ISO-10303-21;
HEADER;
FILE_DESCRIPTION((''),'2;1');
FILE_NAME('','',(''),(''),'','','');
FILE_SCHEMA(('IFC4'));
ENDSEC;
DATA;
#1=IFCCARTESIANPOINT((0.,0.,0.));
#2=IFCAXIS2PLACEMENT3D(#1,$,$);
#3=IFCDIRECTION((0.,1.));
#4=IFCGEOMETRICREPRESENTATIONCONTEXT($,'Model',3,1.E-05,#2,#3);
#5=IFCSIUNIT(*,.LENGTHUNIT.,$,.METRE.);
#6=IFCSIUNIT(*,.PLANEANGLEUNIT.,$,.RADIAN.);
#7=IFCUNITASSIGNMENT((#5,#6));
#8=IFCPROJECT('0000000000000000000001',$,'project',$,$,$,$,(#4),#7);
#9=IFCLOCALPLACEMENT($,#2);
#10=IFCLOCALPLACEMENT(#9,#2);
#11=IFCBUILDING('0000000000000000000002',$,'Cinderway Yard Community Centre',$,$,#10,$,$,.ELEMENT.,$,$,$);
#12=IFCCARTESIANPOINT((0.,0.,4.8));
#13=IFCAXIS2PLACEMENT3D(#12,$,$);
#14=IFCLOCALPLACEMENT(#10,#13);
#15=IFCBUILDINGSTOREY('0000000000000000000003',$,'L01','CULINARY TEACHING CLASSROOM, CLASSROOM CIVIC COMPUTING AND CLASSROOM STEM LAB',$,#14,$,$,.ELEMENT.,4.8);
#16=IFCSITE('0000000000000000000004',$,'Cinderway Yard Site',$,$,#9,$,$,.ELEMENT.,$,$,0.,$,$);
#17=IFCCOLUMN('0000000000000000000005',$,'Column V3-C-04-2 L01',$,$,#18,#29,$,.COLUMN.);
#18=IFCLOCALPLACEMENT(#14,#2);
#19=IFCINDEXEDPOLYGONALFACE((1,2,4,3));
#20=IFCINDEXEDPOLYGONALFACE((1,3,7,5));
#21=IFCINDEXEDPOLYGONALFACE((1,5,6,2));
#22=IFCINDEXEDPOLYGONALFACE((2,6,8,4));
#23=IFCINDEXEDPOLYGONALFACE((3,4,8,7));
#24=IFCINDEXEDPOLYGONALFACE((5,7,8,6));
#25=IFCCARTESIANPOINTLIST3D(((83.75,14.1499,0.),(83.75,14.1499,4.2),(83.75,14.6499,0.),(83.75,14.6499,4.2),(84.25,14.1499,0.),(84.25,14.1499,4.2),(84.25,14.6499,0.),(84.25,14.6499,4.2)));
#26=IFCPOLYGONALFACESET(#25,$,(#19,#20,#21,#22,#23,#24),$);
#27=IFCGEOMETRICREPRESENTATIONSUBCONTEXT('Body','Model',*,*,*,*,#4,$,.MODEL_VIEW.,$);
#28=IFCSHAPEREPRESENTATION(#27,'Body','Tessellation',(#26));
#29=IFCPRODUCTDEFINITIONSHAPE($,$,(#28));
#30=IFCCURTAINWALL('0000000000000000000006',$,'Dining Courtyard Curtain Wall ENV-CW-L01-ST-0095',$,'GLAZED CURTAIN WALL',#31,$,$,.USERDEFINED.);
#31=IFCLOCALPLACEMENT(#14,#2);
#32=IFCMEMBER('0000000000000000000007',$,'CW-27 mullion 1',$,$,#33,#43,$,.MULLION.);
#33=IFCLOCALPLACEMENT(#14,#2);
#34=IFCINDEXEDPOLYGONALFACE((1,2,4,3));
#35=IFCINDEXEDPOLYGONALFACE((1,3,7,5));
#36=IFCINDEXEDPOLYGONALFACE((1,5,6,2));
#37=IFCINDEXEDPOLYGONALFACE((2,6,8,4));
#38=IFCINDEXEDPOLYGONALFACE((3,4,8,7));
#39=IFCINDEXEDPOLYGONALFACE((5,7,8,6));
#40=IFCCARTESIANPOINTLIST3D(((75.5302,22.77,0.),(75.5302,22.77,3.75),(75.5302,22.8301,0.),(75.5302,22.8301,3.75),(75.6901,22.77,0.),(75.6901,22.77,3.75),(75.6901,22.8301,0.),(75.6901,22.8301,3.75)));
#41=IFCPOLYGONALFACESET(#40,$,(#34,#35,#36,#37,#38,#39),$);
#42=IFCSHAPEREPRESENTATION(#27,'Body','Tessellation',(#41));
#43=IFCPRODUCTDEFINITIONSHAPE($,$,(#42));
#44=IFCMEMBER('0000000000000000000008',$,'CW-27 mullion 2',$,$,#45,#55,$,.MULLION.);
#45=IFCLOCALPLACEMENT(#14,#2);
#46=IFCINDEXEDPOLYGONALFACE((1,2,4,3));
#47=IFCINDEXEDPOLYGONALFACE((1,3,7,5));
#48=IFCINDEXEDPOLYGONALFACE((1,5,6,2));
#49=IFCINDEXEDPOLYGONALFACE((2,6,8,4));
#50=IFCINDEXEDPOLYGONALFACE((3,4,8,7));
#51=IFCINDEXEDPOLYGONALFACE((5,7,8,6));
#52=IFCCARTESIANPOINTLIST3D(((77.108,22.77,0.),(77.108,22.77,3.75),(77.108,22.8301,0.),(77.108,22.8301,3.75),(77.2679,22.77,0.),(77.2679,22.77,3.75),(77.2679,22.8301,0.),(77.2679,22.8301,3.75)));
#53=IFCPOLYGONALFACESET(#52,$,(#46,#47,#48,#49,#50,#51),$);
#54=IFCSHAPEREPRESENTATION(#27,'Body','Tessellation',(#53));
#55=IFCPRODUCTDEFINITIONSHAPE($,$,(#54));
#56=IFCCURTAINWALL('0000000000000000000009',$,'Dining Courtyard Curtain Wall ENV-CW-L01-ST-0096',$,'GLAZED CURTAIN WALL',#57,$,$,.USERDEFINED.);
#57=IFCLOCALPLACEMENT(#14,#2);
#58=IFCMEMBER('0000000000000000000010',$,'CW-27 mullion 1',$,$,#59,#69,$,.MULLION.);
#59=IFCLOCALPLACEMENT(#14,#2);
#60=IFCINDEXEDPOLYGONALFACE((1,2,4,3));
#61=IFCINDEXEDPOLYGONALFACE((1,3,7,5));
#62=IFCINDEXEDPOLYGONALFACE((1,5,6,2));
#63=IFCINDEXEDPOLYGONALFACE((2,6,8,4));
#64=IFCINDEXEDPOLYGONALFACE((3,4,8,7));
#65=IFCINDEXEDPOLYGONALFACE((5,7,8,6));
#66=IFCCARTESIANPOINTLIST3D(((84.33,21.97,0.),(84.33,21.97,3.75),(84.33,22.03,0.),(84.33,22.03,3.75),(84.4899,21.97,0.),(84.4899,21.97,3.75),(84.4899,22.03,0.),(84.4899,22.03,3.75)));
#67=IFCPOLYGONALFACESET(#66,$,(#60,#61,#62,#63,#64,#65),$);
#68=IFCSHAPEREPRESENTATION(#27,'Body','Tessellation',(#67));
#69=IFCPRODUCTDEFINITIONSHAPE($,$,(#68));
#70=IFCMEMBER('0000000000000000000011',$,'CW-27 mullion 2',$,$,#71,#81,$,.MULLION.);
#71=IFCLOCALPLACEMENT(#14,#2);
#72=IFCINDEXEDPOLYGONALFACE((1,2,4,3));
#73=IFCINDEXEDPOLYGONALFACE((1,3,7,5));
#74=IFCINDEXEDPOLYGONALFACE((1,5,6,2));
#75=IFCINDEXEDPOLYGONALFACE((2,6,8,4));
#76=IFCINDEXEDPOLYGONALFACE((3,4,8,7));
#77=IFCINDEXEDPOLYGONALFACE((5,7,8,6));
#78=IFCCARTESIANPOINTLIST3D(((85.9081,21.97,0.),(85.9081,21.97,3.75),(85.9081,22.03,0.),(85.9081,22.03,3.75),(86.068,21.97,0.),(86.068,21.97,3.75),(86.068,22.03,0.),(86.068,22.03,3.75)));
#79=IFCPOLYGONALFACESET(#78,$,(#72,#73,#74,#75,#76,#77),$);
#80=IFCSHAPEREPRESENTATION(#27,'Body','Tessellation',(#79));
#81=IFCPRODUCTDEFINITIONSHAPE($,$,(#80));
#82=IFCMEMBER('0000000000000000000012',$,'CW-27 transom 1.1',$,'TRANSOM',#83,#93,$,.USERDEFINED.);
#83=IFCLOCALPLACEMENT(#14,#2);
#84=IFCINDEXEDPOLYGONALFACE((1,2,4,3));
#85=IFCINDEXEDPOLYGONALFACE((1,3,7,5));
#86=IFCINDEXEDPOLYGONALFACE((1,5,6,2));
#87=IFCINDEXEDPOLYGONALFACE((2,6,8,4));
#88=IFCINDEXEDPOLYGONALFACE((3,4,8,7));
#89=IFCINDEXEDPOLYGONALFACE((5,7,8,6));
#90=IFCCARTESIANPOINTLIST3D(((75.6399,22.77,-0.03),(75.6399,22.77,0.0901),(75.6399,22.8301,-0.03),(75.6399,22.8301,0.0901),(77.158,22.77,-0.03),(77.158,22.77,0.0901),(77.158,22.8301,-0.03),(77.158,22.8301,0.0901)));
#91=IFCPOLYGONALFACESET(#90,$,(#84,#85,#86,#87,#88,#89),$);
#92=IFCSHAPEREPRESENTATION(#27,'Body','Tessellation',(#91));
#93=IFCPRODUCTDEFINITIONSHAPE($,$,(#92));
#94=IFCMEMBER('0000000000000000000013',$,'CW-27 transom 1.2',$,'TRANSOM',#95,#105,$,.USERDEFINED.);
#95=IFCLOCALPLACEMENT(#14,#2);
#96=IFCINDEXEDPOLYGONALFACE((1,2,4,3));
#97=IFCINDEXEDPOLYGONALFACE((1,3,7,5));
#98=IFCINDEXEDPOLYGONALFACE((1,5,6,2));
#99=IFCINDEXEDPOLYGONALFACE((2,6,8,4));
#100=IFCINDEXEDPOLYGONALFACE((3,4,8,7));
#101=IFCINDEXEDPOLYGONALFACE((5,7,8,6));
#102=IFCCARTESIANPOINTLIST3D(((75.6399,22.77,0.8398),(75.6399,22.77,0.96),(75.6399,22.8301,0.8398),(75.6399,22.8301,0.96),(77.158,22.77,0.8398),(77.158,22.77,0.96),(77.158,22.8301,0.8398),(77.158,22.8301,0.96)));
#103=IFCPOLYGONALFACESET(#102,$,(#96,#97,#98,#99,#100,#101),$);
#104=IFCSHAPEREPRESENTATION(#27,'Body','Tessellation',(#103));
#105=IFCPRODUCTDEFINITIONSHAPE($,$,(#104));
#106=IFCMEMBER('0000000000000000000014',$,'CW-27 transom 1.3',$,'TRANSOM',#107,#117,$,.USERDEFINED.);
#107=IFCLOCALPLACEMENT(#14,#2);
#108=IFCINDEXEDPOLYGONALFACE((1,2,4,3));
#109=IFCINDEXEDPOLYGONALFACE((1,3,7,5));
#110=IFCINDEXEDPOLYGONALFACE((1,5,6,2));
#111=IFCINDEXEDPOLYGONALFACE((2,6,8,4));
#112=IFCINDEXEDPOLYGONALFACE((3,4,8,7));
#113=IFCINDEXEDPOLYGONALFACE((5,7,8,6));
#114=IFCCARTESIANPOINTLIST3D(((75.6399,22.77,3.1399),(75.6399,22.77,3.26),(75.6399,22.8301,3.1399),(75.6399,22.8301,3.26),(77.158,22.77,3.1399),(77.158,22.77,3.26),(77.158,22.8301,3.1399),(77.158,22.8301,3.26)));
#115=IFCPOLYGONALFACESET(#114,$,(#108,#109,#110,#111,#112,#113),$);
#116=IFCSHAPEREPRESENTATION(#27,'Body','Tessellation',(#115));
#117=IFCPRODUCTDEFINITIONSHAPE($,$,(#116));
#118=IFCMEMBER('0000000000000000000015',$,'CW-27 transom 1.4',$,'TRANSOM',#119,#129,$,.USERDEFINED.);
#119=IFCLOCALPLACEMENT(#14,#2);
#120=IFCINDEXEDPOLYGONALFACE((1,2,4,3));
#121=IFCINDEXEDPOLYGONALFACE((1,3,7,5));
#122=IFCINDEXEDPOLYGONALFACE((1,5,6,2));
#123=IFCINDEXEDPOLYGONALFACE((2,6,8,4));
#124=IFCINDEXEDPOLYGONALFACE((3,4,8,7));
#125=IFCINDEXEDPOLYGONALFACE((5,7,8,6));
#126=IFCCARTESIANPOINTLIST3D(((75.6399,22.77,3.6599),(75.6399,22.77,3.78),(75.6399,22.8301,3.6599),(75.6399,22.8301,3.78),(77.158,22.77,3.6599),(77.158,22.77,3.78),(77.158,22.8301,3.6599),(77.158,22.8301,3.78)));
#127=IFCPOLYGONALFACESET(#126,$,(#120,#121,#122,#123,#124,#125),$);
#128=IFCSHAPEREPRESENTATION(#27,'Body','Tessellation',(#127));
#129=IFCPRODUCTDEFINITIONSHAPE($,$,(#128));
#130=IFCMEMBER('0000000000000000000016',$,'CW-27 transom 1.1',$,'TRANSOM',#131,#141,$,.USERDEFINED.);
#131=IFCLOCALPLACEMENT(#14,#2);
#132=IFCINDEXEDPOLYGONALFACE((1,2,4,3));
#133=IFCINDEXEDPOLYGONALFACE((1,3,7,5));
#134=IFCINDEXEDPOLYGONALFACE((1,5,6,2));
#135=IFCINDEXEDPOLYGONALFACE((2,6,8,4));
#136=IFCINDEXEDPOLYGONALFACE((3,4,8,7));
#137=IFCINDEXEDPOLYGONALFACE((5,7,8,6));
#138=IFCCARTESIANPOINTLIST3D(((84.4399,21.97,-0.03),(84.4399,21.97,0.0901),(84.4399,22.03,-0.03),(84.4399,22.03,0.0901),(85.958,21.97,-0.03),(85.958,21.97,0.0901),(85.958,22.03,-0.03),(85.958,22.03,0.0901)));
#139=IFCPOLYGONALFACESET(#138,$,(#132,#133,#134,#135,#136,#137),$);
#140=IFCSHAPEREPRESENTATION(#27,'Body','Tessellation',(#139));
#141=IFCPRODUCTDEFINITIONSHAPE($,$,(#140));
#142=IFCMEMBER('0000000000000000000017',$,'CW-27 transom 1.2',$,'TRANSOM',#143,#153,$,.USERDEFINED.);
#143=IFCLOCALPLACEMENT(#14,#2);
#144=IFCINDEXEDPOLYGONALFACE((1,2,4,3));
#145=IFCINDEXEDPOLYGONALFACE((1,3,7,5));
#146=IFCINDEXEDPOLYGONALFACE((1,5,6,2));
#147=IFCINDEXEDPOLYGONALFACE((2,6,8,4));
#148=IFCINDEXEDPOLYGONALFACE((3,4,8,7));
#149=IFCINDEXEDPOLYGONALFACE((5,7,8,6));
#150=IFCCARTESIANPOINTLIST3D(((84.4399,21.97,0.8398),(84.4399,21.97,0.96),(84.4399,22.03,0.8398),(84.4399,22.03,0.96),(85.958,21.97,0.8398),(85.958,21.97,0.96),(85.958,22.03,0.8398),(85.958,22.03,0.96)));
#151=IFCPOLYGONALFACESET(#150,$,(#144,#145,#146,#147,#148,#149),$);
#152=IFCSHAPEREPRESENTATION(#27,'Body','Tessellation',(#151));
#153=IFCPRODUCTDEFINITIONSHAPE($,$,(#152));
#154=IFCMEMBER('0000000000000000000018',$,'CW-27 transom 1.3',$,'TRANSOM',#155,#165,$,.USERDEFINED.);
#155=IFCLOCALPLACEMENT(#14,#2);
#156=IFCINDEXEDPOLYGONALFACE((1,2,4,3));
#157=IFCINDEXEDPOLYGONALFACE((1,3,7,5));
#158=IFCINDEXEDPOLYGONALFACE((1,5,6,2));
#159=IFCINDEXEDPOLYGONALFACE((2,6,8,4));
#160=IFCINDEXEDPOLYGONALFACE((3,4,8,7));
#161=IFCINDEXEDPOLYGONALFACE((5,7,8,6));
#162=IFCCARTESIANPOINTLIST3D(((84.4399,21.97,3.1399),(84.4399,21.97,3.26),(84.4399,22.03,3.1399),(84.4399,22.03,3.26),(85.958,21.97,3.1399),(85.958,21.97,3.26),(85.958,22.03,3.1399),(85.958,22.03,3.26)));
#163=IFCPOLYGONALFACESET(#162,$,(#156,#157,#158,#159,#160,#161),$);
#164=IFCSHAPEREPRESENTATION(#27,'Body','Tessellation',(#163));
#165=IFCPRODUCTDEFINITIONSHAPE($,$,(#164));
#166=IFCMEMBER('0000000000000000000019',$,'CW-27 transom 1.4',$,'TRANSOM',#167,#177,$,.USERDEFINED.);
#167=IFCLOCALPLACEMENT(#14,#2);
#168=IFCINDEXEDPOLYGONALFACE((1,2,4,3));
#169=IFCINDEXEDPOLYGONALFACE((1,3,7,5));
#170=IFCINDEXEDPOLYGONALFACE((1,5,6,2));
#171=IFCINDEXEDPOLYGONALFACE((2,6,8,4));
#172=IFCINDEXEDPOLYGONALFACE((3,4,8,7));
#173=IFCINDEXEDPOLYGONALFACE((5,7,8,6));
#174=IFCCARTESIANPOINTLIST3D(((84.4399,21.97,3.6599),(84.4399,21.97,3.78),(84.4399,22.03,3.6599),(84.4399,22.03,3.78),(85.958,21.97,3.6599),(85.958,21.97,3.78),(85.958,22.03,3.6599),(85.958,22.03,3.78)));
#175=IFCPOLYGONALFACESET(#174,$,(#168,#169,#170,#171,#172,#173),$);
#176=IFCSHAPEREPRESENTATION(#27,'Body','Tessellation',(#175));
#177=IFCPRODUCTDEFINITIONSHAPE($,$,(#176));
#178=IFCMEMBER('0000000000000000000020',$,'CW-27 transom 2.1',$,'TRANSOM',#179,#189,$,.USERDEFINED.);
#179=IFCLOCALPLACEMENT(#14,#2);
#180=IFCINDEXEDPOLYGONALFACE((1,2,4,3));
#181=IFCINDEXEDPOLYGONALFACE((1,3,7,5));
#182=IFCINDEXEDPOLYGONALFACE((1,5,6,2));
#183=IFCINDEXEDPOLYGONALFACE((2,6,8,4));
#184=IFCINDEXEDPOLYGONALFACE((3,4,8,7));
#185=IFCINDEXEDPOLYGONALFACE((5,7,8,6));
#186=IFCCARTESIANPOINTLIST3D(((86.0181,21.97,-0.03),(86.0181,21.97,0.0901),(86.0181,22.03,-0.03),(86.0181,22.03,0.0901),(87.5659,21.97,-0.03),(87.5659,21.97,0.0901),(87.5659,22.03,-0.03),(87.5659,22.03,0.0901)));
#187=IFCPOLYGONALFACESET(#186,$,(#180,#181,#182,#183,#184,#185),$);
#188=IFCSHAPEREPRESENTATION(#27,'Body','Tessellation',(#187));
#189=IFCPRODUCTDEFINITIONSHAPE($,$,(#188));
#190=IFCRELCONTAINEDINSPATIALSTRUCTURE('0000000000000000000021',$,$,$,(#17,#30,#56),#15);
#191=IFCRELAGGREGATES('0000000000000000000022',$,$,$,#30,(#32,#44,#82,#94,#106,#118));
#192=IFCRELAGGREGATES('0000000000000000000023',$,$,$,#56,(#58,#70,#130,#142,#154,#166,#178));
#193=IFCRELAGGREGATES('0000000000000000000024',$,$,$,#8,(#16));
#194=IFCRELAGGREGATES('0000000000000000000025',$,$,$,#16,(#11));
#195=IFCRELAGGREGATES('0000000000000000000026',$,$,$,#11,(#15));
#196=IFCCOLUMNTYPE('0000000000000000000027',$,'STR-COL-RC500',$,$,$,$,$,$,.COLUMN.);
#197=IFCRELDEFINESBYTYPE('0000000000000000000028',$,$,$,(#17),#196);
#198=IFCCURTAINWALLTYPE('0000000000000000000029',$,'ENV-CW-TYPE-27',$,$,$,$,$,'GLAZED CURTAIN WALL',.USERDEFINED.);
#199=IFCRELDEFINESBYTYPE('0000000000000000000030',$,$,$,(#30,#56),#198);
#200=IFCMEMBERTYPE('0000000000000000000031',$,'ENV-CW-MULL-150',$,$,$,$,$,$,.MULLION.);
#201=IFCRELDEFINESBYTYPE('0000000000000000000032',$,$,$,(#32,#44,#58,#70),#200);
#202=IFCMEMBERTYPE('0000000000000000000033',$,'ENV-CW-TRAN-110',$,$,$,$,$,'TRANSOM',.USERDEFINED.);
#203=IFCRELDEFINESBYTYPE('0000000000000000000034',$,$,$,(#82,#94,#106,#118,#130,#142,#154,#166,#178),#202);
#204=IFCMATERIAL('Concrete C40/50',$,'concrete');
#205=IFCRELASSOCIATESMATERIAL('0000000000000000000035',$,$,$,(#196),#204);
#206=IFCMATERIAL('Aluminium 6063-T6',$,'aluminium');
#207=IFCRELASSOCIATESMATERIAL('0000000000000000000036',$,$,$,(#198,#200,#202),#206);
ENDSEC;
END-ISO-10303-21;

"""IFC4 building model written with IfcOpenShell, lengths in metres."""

from ifc_helpers import new_model, si_unit, direction, frame, origin, origin_2d, place, context, subcontext, project, spatial, rectangle, extrude, material, material_profile, profile_set, type_object, element, aggregate, save


model = new_model("IFC4")

# Units and contexts
model_context = context("Model", 3, precision=1e-05, world=origin(), true_north=direction((0.0, 1.0)))
body_context = subcontext(model_context, "Body", "Model", "MODEL_VIEW")
ifc_project = project(units=[si_unit("LENGTHUNIT", "METRE"), si_unit("PLANEANGLEUNIT", "RADIAN")], contexts=[model_context])

# Site, building, storey
site_placement = place(None, origin())
site = spatial("IfcSite", under=ifc_project, at=site_placement, Name="Cinderway Yard Site", CompositionType="ELEMENT", RefElevation=0.0)
building_placement = place(site_placement, origin())
building = spatial("IfcBuilding", under=site, at=building_placement, Name="Cinderway Yard Community Centre", CompositionType="ELEMENT")
storey_placement = place(building_placement, frame((0.0, 0.0, 4.8)))
storey = spatial("IfcBuildingStorey", under=building, at=storey_placement, Name="L01", Description="CULINARY TEACHING CLASSROOM, CLASSROOM CIVIC COMPUTING AND CLASSROOM STEM LAB", CompositionType="ELEMENT", Elevation=4.8)

# Column
ifc_material_1 = material(Name="Concrete C40/50", Category="concrete")
ifc_material_profile_1 = material_profile(ifc_material_1, rectangle(XDim=0.5, YDim=0.5, at=origin_2d()), Name="Concrete C40/50")
ifc_profile_set_1 = profile_set([ifc_material_profile_1], Name="Concrete C40/50")
column_type = type_object("IfcColumnType", Name="STR-COL-RC500", PredefinedType="COLUMN", material=ifc_profile_set_1)
column_placement = place(storey_placement, frame((84.0, 14.3999, 0.0), z_axis=(0.0, 0.0, 1.0), x_axis=(1.0, 0.0, 0.0)))
element("IfcColumn", 1, at=column_placement, inside=storey, type_object=column_type, Name="Column V3-C-04-2 L01", PredefinedType="COLUMN", context=body_context, shape_type="SweptSolid", body=[
    extrude(rectangle(XDim=0.5, YDim=0.5, at=origin_2d()), origin(), (0.0, 0.0, 1.0), 4.2),
])

# Curtain walls, members
ifc_material_2 = material(Name="Aluminium 6063-T6", Category="aluminium")
curtain_wall_type = type_object("IfcCurtainWallType", Name="ENV-CW-TYPE-27", ElementType="GLAZED CURTAIN WALL", PredefinedType="USERDEFINED", material=ifc_material_2)
curtain_wall_1_placement = place(storey_placement, origin())
curtain_wall_1 = element("IfcCurtainWall", 2, at=curtain_wall_1_placement, inside=storey, type_object=curtain_wall_type, Name="Dining Courtyard Curtain Wall ENV-CW-L01-ST-0095", ObjectType="GLAZED CURTAIN WALL", PredefinedType="USERDEFINED")
ifc_material_profile_2 = material_profile(ifc_material_2, rectangle(XDim=0.0601, YDim=0.1599, at=origin_2d()), Name="Aluminium 6063-T6")
ifc_profile_set_2 = profile_set([ifc_material_profile_2], Name="Aluminium 6063-T6")
member_type_1 = type_object("IfcMemberType", Name="ENV-CW-MULL-150", PredefinedType="MULLION", material=ifc_profile_set_2)
member_1_placement = place(storey_placement, frame((75.6101, 22.8, 0.0), z_axis=(0.0, 0.0, 1.0), x_axis=(0.0, 1.0, 0.0)))
member_1 = element("IfcMember", 3, at=member_1_placement, type_object=member_type_1, Name="CW-27 mullion 1", PredefinedType="MULLION", context=body_context, shape_type="SweptSolid", body=[
    extrude(rectangle(XDim=0.0601, YDim=0.1599, at=origin_2d()), origin(), (0.0, 0.0, 1.0), 3.75),
])
member_2_placement = place(storey_placement, frame((77.188, 22.8, 0.0), z_axis=(0.0, 0.0, 1.0), x_axis=(0.0, 1.0, 0.0)))
member_2 = element("IfcMember", 4, at=member_2_placement, type_object=member_type_1, Name="CW-27 mullion 2", PredefinedType="MULLION", context=body_context, shape_type="SweptSolid", body=[
    extrude(rectangle(XDim=0.0601, YDim=0.1599, at=origin_2d()), origin(), (0.0, 0.0, 1.0), 3.75),
])
curtain_wall_2_placement = place(storey_placement, origin())
curtain_wall_2 = element("IfcCurtainWall", 5, at=curtain_wall_2_placement, inside=storey, type_object=curtain_wall_type, Name="Dining Courtyard Curtain Wall ENV-CW-L01-ST-0096", ObjectType="GLAZED CURTAIN WALL", PredefinedType="USERDEFINED")
member_3_placement = place(storey_placement, frame((84.4099, 22.0, 0.0), z_axis=(0.0, 0.0, 1.0), x_axis=(0.0, 1.0, 0.0)))
member_3 = element("IfcMember", 6, at=member_3_placement, type_object=member_type_1, Name="CW-27 mullion 1", PredefinedType="MULLION", context=body_context, shape_type="SweptSolid", body=[
    extrude(rectangle(XDim=0.0601, YDim=0.1599, at=origin_2d()), origin(), (0.0, 0.0, 1.0), 3.75),
])
member_4_placement = place(storey_placement, frame((85.988, 22.0, 0.0), z_axis=(0.0, 0.0, 1.0), x_axis=(0.0, 1.0, 0.0)))
member_4 = element("IfcMember", 7, at=member_4_placement, type_object=member_type_1, Name="CW-27 mullion 2", PredefinedType="MULLION", context=body_context, shape_type="SweptSolid", body=[
    extrude(rectangle(XDim=0.0601, YDim=0.1599, at=origin_2d()), origin(), (0.0, 0.0, 1.0), 3.75),
])

# Members
ifc_material_profile_3 = material_profile(ifc_material_2, rectangle(XDim=0.0601, YDim=0.1201, at=origin_2d()), Name="Aluminium 6063-T6")
ifc_profile_set_3 = profile_set([ifc_material_profile_3], Name="Aluminium 6063-T6")
member_type_2 = type_object("IfcMemberType", Name="ENV-CW-TRAN-110", ElementType="TRANSOM", PredefinedType="USERDEFINED", material=ifc_profile_set_3)
member_5_placement = place(storey_placement, frame((75.6399, 22.8, 0.03), z_axis=(1.0, 0.0, 0.0), x_axis=(0.0, 1.0, 0.0)))
member_5 = element("IfcMember", 8, at=member_5_placement, type_object=member_type_2, Name="CW-27 transom 1.1", ObjectType="TRANSOM", PredefinedType="USERDEFINED", context=body_context, shape_type="SweptSolid", body=[
    extrude(rectangle(XDim=0.0601, YDim=0.1201, at=origin_2d()), origin(), (0.0, 0.0, 1.0), 1.5181),
])
member_6_placement = place(storey_placement, frame((75.6399, 22.8, 0.8999), z_axis=(1.0, 0.0, 0.0), x_axis=(0.0, 1.0, 0.0)))
member_6 = element("IfcMember", 9, at=member_6_placement, type_object=member_type_2, Name="CW-27 transom 1.2", ObjectType="TRANSOM", PredefinedType="USERDEFINED", context=body_context, shape_type="SweptSolid", body=[
    extrude(rectangle(XDim=0.0601, YDim=0.1201, at=origin_2d()), origin(), (0.0, 0.0, 1.0), 1.5181),
])
member_7_placement = place(storey_placement, frame((75.6399, 22.8, 3.2), z_axis=(1.0, 0.0, 0.0), x_axis=(0.0, 1.0, 0.0)))
member_7 = element("IfcMember", 10, at=member_7_placement, type_object=member_type_2, Name="CW-27 transom 1.3", ObjectType="TRANSOM", PredefinedType="USERDEFINED", context=body_context, shape_type="SweptSolid", body=[
    extrude(rectangle(XDim=0.0601, YDim=0.1201, at=origin_2d()), origin(), (0.0, 0.0, 1.0), 1.5181),
])
member_8_placement = place(storey_placement, frame((75.6399, 22.8, 3.72), z_axis=(1.0, 0.0, 0.0), x_axis=(0.0, 1.0, 0.0)))
member_8 = element("IfcMember", 11, at=member_8_placement, type_object=member_type_2, Name="CW-27 transom 1.4", ObjectType="TRANSOM", PredefinedType="USERDEFINED", context=body_context, shape_type="SweptSolid", body=[
    extrude(rectangle(XDim=0.0601, YDim=0.1201, at=origin_2d()), origin(), (0.0, 0.0, 1.0), 1.5181),
])
member_9_placement = place(storey_placement, frame((84.4399, 22.0, 0.03), z_axis=(1.0, 0.0, 0.0), x_axis=(0.0, 1.0, 0.0)))
member_9 = element("IfcMember", 12, at=member_9_placement, type_object=member_type_2, Name="CW-27 transom 1.1", ObjectType="TRANSOM", PredefinedType="USERDEFINED", context=body_context, shape_type="SweptSolid", body=[
    extrude(rectangle(XDim=0.0601, YDim=0.1201, at=origin_2d()), origin(), (0.0, 0.0, 1.0), 1.5181),
])
member_10_placement = place(storey_placement, frame((84.4399, 22.0, 0.8999), z_axis=(1.0, 0.0, 0.0), x_axis=(0.0, 1.0, 0.0)))
member_10 = element("IfcMember", 13, at=member_10_placement, type_object=member_type_2, Name="CW-27 transom 1.2", ObjectType="TRANSOM", PredefinedType="USERDEFINED", context=body_context, shape_type="SweptSolid", body=[
    extrude(rectangle(XDim=0.0601, YDim=0.1201, at=origin_2d()), origin(), (0.0, 0.0, 1.0), 1.5181),
])
member_11_placement = place(storey_placement, frame((84.4399, 22.0, 3.2), z_axis=(1.0, 0.0, 0.0), x_axis=(0.0, 1.0, 0.0)))
member_11 = element("IfcMember", 14, at=member_11_placement, type_object=member_type_2, Name="CW-27 transom 1.3", ObjectType="TRANSOM", PredefinedType="USERDEFINED", context=body_context, shape_type="SweptSolid", body=[
    extrude(rectangle(XDim=0.0601, YDim=0.1201, at=origin_2d()), origin(), (0.0, 0.0, 1.0), 1.5181),
])
member_12_placement = place(storey_placement, frame((84.4399, 22.0, 3.72), z_axis=(1.0, 0.0, 0.0), x_axis=(0.0, 1.0, 0.0)))
member_12 = element("IfcMember", 15, at=member_12_placement, type_object=member_type_2, Name="CW-27 transom 1.4", ObjectType="TRANSOM", PredefinedType="USERDEFINED", context=body_context, shape_type="SweptSolid", body=[
    extrude(rectangle(XDim=0.0601, YDim=0.1201, at=origin_2d()), origin(), (0.0, 0.0, 1.0), 1.5181),
])
member_13_placement = place(storey_placement, frame((86.0181, 22.0, 0.03), z_axis=(1.0, 0.0, 0.0), x_axis=(0.0, 1.0, 0.0)))
member_13 = element("IfcMember", 16, at=member_13_placement, type_object=member_type_2, Name="CW-27 transom 2.1", ObjectType="TRANSOM", PredefinedType="USERDEFINED", context=body_context, shape_type="SweptSolid", body=[
    extrude(rectangle(XDim=0.0601, YDim=0.1201, at=origin_2d()), origin(), (0.0, 0.0, 1.0), 1.5479),
])

aggregate(curtain_wall_1, [member_1, member_2, member_5, member_6, member_7, member_8])
aggregate(curtain_wall_2, [member_3, member_4, member_9, member_10, member_11, member_12, member_13])

save(model, "model.ifc")
